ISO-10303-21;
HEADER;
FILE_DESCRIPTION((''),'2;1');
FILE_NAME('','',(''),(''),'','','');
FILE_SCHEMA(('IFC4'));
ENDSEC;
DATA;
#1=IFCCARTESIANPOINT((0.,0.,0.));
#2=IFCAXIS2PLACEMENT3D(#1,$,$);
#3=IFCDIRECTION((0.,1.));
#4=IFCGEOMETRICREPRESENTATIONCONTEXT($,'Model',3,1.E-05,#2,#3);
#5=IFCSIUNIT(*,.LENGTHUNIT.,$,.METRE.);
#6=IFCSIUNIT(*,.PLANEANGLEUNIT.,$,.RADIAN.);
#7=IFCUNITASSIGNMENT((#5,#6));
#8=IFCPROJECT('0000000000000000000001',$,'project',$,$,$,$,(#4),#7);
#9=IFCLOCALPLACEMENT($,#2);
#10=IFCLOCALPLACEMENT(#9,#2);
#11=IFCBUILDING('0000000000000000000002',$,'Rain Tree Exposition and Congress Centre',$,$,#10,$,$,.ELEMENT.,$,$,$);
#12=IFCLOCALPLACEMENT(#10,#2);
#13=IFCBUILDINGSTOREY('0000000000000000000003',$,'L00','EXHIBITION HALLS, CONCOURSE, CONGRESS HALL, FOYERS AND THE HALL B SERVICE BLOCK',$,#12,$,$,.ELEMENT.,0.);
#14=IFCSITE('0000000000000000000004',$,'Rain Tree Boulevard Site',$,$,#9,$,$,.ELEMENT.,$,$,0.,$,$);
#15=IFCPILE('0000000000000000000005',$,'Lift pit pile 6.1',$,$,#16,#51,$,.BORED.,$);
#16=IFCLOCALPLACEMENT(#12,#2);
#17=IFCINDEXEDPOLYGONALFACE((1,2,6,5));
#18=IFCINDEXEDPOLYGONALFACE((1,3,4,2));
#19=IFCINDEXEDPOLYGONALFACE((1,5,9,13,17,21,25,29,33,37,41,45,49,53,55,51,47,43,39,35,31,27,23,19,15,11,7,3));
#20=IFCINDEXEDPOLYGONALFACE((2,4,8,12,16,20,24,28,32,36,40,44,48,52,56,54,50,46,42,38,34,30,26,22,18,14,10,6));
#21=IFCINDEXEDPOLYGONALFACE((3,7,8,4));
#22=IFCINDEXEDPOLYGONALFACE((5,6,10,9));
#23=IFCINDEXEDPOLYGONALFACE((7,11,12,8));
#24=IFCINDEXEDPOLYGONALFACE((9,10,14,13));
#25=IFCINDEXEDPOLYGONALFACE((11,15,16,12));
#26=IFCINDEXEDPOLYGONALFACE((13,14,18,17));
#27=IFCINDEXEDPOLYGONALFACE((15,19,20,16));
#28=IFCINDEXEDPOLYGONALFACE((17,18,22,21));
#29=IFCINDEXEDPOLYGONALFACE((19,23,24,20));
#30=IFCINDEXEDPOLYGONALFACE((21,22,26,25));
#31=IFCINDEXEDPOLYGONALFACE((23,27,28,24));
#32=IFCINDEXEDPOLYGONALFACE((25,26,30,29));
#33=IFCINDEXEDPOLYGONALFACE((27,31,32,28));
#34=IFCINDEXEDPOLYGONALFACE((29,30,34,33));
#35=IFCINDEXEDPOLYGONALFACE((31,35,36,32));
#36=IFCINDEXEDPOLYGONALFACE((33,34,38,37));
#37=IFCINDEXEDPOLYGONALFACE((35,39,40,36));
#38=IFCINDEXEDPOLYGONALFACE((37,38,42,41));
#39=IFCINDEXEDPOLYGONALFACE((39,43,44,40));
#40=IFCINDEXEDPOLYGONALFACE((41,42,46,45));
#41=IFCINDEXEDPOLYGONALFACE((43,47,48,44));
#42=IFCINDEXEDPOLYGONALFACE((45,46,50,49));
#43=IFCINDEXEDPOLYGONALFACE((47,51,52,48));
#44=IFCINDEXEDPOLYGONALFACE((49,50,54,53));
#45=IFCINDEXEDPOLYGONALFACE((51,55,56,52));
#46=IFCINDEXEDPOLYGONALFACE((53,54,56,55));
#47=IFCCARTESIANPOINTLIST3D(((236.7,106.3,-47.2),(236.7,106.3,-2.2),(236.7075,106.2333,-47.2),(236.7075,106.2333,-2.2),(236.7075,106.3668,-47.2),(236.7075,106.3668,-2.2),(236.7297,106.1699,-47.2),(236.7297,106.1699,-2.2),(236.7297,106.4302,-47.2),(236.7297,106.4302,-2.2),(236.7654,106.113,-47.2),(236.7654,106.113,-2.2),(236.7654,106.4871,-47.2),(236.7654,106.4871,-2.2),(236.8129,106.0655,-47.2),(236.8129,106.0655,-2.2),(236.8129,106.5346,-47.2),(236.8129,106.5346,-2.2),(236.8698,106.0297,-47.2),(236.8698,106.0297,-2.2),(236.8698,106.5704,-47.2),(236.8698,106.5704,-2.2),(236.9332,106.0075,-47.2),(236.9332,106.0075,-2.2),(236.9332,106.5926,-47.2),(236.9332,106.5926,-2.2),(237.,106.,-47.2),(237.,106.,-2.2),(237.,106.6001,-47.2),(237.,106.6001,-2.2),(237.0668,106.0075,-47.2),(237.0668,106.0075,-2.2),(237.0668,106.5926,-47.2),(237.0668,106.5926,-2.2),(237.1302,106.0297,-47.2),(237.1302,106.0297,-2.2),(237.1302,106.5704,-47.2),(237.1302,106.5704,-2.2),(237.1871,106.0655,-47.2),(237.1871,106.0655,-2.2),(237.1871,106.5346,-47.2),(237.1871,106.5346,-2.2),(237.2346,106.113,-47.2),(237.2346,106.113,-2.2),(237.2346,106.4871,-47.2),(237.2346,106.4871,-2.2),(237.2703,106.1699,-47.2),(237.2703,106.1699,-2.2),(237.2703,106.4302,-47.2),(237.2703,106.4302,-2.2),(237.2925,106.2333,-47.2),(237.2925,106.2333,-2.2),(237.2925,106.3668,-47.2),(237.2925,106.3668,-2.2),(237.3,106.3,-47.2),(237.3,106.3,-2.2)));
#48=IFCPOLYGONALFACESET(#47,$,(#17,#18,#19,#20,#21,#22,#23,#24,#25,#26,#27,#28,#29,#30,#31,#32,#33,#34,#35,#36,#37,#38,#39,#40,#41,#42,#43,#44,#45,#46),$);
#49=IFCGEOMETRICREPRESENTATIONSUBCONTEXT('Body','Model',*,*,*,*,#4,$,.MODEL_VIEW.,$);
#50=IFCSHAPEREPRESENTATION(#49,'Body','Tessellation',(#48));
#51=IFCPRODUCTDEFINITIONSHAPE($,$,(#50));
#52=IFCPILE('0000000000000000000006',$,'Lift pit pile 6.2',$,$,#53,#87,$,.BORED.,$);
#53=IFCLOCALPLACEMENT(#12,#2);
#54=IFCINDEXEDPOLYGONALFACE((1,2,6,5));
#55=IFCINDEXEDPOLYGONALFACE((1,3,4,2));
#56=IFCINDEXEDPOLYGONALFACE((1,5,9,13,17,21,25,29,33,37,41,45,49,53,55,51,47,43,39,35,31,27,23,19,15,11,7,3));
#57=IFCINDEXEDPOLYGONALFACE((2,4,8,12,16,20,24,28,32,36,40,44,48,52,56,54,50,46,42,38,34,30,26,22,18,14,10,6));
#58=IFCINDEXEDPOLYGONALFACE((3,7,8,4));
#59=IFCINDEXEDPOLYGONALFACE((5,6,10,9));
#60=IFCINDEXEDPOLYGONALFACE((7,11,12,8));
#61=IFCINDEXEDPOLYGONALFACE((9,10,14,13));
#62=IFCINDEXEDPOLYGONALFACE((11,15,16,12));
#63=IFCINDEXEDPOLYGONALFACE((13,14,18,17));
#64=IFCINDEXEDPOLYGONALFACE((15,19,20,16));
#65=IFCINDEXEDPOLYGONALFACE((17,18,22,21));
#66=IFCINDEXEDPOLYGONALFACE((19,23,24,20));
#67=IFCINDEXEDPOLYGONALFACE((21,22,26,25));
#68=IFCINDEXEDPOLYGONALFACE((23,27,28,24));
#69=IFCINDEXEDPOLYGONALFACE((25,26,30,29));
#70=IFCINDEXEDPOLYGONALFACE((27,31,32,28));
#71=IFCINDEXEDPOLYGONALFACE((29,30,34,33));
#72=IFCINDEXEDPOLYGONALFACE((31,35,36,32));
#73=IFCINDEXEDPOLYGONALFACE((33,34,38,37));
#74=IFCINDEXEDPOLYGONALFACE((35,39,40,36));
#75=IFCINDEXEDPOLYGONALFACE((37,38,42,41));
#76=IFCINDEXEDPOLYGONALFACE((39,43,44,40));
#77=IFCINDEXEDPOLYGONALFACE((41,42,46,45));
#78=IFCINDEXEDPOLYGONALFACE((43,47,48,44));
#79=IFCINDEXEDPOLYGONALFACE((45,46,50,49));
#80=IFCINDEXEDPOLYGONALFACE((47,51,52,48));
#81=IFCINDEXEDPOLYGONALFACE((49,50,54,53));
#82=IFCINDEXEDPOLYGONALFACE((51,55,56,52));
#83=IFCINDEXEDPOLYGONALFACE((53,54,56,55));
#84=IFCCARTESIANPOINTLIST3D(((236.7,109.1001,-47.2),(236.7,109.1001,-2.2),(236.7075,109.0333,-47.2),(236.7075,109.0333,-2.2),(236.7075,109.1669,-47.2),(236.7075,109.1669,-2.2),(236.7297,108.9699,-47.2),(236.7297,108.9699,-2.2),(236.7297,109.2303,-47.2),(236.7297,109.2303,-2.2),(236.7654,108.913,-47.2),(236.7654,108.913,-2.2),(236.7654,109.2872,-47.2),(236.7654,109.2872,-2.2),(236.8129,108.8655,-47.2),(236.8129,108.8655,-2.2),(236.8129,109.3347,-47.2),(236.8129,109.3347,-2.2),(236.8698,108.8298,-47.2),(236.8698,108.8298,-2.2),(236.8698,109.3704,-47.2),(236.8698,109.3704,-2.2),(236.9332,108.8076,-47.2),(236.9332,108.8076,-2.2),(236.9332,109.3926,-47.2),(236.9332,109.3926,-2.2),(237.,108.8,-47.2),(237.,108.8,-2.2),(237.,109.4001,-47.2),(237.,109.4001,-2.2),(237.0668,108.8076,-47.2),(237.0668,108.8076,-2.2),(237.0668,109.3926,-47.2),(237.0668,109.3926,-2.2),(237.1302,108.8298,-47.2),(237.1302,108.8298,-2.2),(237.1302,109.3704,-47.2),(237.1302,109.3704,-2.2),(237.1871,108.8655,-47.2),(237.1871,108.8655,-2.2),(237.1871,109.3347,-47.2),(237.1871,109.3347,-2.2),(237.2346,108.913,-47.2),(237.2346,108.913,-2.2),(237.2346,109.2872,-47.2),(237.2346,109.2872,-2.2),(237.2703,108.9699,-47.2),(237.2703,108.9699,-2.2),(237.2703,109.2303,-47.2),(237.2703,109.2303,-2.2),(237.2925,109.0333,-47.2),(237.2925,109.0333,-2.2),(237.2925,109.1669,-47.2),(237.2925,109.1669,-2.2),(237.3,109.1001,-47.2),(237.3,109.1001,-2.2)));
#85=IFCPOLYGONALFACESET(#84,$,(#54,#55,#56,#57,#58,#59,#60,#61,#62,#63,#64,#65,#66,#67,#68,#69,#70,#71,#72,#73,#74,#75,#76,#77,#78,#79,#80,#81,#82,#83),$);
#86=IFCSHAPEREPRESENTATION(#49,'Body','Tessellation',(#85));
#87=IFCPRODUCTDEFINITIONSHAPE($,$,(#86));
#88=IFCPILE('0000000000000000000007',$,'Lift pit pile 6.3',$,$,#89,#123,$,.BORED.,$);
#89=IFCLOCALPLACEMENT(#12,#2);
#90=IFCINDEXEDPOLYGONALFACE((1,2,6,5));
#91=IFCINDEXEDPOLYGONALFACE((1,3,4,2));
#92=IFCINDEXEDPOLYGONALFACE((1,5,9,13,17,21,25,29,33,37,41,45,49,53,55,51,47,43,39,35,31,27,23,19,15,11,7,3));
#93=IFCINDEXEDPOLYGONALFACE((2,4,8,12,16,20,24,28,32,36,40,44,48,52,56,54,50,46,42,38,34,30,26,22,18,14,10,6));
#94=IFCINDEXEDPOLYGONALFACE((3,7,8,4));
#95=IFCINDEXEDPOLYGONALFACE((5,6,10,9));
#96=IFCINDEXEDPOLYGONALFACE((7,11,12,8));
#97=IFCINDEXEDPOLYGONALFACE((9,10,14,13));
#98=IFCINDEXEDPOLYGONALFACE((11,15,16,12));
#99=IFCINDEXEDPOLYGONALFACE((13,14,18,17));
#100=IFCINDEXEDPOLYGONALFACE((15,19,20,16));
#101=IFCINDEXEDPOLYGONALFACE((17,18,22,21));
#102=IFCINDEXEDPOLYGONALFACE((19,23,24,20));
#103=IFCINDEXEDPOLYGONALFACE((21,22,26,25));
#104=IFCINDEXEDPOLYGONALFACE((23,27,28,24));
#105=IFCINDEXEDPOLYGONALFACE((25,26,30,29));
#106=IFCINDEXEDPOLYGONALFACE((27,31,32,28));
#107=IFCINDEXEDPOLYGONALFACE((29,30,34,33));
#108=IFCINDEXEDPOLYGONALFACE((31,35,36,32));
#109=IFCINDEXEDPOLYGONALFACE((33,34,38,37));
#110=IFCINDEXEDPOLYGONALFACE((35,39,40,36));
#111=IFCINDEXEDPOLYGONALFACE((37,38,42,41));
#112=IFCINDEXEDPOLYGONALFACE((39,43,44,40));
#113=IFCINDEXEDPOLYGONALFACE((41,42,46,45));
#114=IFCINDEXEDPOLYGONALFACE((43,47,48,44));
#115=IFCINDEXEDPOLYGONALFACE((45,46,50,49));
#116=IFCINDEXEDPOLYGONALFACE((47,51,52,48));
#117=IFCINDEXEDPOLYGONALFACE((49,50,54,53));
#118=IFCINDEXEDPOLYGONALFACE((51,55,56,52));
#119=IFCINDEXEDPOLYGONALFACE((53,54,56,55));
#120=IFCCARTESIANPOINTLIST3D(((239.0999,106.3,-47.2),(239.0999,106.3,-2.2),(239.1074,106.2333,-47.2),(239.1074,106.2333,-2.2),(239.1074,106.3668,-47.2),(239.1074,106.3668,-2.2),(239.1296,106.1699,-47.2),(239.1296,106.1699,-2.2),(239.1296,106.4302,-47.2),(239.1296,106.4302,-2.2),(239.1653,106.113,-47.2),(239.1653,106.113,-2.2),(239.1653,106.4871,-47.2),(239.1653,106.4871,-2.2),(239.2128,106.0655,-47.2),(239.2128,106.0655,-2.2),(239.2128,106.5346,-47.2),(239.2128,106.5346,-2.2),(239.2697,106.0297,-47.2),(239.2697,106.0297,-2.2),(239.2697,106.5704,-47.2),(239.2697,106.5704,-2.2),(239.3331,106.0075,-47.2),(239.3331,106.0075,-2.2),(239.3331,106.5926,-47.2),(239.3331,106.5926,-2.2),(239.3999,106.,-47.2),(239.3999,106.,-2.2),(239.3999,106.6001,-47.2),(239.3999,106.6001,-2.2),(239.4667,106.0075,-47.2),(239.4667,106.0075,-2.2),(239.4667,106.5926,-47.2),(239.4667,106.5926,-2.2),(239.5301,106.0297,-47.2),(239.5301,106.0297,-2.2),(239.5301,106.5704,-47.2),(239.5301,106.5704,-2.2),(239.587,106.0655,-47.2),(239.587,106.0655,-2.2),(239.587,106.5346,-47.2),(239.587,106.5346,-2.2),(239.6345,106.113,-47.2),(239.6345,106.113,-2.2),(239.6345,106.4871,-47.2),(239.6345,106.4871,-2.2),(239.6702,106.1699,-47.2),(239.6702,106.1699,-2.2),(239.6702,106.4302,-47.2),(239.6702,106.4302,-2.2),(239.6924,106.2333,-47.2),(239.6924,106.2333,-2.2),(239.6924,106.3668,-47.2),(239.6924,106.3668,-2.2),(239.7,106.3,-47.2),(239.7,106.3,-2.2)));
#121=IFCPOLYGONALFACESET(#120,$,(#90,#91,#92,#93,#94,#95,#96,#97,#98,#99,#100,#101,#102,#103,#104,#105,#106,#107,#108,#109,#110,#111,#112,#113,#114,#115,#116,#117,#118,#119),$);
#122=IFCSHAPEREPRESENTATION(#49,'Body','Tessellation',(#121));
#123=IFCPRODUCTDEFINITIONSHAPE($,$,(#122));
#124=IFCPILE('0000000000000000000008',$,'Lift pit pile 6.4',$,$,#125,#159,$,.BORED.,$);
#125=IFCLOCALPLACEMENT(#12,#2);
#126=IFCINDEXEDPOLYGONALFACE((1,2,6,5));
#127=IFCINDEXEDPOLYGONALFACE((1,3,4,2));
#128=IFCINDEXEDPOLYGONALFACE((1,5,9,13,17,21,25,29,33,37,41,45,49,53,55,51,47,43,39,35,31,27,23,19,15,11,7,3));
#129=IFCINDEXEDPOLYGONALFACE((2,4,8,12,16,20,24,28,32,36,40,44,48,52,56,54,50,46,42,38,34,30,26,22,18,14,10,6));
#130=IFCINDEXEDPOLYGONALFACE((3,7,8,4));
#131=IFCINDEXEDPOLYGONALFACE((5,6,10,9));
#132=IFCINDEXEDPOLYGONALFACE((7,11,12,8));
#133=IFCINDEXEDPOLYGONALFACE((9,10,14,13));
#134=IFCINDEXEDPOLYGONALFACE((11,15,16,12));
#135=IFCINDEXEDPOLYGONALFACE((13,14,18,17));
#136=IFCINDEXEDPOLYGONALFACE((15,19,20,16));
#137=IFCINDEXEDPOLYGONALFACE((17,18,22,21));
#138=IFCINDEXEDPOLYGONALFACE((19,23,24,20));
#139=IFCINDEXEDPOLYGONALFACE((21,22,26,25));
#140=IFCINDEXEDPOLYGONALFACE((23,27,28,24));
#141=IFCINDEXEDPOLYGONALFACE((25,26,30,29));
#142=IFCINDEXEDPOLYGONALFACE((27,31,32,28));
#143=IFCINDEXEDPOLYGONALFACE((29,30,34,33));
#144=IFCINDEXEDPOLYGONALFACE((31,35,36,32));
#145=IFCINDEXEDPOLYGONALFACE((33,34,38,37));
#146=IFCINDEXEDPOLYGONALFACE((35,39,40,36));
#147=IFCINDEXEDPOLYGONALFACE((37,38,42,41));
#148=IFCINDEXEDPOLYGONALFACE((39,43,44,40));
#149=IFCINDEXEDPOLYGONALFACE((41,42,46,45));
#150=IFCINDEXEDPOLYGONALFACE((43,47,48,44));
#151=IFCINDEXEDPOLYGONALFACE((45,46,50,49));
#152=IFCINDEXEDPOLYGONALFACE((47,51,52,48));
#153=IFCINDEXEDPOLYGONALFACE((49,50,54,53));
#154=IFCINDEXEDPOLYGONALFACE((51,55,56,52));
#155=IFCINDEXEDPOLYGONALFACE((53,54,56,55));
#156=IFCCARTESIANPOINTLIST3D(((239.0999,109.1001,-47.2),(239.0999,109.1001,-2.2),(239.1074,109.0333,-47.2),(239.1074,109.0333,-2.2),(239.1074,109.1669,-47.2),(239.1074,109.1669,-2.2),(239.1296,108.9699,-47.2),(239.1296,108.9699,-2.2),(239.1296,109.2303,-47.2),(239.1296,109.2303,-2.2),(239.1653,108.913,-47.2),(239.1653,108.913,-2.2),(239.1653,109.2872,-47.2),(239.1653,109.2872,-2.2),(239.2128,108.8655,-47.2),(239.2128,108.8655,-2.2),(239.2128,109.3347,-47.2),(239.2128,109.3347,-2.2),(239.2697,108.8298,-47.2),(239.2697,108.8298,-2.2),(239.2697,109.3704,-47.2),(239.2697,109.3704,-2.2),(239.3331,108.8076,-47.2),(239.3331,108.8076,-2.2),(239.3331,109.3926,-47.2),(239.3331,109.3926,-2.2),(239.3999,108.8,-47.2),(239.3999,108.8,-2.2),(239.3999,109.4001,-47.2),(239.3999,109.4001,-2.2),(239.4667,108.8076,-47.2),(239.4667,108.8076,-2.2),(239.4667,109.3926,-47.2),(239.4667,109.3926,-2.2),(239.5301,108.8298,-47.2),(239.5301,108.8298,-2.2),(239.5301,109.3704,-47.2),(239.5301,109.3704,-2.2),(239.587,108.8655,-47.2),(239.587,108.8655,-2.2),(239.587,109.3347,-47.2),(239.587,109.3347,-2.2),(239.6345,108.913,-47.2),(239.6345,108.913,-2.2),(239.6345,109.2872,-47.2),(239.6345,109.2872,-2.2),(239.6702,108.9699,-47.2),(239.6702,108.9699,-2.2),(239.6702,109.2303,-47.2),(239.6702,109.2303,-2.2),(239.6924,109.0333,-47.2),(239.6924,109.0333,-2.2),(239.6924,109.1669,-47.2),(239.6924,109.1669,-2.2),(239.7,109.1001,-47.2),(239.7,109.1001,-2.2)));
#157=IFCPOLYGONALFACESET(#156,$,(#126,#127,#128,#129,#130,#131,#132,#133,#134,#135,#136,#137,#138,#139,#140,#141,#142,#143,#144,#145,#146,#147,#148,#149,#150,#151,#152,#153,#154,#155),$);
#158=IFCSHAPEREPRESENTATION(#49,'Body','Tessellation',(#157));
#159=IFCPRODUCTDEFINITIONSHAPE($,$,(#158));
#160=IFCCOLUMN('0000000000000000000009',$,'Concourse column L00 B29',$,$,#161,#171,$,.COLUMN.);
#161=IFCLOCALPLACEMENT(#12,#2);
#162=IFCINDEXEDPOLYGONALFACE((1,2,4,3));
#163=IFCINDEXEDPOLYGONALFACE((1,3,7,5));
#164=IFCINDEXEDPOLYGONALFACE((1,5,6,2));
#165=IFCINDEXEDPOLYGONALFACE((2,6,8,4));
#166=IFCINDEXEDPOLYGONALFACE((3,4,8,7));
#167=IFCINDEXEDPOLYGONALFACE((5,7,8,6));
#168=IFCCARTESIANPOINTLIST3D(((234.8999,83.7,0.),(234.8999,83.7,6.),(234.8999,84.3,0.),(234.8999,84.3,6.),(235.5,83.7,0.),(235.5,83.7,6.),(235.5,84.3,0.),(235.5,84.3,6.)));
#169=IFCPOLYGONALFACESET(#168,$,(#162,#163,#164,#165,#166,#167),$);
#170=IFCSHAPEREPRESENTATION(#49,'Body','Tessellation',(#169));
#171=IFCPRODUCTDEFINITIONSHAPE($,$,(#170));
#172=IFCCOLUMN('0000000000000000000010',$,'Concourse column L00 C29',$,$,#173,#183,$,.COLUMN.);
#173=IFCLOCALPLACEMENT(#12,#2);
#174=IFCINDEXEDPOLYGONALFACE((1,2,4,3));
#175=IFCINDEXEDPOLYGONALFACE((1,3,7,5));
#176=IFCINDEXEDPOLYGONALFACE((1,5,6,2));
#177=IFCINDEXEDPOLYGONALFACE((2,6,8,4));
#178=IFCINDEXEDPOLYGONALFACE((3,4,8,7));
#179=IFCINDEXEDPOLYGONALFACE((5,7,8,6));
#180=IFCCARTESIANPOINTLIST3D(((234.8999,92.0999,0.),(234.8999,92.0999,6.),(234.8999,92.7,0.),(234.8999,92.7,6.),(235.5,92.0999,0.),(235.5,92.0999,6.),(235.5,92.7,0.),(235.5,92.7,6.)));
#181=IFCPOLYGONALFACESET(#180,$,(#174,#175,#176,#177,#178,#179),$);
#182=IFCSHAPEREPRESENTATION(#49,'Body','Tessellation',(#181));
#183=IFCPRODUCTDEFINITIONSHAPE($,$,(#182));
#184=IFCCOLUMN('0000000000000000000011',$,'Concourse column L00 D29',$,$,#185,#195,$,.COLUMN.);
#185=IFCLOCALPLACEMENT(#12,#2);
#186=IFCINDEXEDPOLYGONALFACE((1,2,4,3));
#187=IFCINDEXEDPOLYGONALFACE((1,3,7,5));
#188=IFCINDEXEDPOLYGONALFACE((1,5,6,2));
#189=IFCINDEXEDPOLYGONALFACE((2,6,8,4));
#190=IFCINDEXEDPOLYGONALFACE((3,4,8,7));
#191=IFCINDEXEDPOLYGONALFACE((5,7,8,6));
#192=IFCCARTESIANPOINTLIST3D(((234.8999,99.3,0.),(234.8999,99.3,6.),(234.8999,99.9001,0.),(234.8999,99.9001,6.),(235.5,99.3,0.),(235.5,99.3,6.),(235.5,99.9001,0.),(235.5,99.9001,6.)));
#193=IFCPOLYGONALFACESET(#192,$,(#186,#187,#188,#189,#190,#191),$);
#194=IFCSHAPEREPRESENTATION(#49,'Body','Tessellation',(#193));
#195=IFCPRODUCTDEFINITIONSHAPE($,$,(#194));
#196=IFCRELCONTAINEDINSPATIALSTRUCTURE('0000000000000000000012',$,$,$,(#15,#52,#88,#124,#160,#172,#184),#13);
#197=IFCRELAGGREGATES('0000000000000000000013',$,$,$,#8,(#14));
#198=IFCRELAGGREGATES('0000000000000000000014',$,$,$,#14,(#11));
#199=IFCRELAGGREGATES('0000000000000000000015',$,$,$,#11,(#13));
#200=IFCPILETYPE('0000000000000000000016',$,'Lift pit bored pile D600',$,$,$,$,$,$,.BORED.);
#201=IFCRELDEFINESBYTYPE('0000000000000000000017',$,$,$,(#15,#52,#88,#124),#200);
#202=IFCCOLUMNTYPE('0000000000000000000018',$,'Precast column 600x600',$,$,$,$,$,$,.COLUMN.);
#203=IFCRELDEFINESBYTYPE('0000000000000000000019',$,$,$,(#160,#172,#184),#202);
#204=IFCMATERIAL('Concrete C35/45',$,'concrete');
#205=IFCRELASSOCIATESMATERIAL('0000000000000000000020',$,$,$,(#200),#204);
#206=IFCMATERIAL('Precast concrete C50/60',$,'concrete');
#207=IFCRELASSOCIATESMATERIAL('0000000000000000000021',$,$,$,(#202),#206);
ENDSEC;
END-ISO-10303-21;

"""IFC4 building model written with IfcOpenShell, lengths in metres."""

from ifc_helpers import new_model, si_unit, direction, frame, origin, origin_2d, place, context, subcontext, project, spatial, rectangle, circle, extrude, material, material_profile, profile_set, type_object, element, save


model = new_model("IFC4")

# Units and contexts
model_context = context("Model", 3, precision=1e-05, world=origin(), true_north=direction((0.0, 1.0)))
body_context = subcontext(model_context, "Body", "Model", "MODEL_VIEW")
ifc_project = project(units=[si_unit("LENGTHUNIT", "METRE"), si_unit("PLANEANGLEUNIT", "RADIAN")], contexts=[model_context])

# Site, building, storey
site_placement = place(None, origin())
site = spatial("IfcSite", under=ifc_project, at=site_placement, Name="Rain Tree Boulevard Site", CompositionType="ELEMENT", RefElevation=0.0)
building_placement = place(site_placement, origin())
building = spatial("IfcBuilding", under=site, at=building_placement, Name="Rain Tree Exposition and Congress Centre", CompositionType="ELEMENT")
storey_placement = place(building_placement, origin())
storey = spatial("IfcBuildingStorey", under=building, at=storey_placement, Name="L00", Description="EXHIBITION HALLS, CONCOURSE, CONGRESS HALL, FOYERS AND THE HALL B SERVICE BLOCK", CompositionType="ELEMENT", Elevation=0.0)

# Piles
ifc_material_1 = material(Name="Concrete C35/45", Category="concrete")
ifc_material_profile_1 = material_profile(ifc_material_1, circle(Radius=0.3, at=origin_2d()), Name="D600")
ifc_profile_set_1 = profile_set([ifc_material_profile_1], Name="Concrete C35/45")
pile_type = type_object("IfcPileType", Name="Lift pit bored pile D600", PredefinedType="BORED", material=ifc_profile_set_1)
for number, where, z_axis, x_axis, name in (
    (1, (237.0, 106.3, -2.2), (0.0, 0.0, -1.0), (1.0, 0.0, 0.0), "Lift pit pile 6.1"),
    (2, (237.0, 109.1001, -2.2), (0.0, 0.0, -1.0), (1.0, 0.0, 0.0), "Lift pit pile 6.2"),
    (3, (239.3999, 106.3, -2.2), (0.0, 0.0, -1.0), (1.0, 0.0, 0.0), "Lift pit pile 6.3"),
    (4, (239.3999, 109.1001, -2.2), (0.0, 0.0, -1.0), (1.0, 0.0, 0.0), "Lift pit pile 6.4"),
):
    element("IfcPile", number, at=place(storey_placement, frame(where, z_axis=z_axis, x_axis=x_axis)), inside=storey, type_object=pile_type, Name=name, PredefinedType="BORED", context=body_context, shape_type="SweptSolid", body=[
        extrude(circle(Radius=0.3, at=origin_2d()), origin(), (0.0, 0.0, 1.0), 45.0),
    ])

# Columns
ifc_material_2 = material(Name="Precast concrete C50/60", Category="concrete")
ifc_material_profile_2 = material_profile(ifc_material_2, rectangle(XDim=0.6001, YDim=0.6001, at=origin_2d()), Name="RC 600x600")
ifc_profile_set_2 = profile_set([ifc_material_profile_2], Name="Precast concrete C50/60")
column_type = type_object("IfcColumnType", Name="Precast column 600x600", PredefinedType="COLUMN", material=ifc_profile_set_2)
for number, where, z_axis, x_axis, name in (
    (5, (235.2, 84.0, 0.0), (0.0, 0.0, 1.0), (1.0, 0.0, 0.0), "Concourse column L00 B29"),
    (6, (235.2, 92.3999, 0.0), (0.0, 0.0, 1.0), (1.0, 0.0, 0.0), "Concourse column L00 C29"),
    (7, (235.2, 99.6001, 0.0), (0.0, 0.0, 1.0), (1.0, 0.0, 0.0), "Concourse column L00 D29"),
):
    element("IfcColumn", number, at=place(storey_placement, frame(where, z_axis=z_axis, x_axis=x_axis)), inside=storey, type_object=column_type, Name=name, PredefinedType="COLUMN", context=body_context, shape_type="SweptSolid", body=[
        extrude(rectangle(XDim=0.6001, YDim=0.6001, at=origin_2d()), origin(), (0.0, 0.0, 1.0), 6.0),
    ])

save(model, "model.ifc")
